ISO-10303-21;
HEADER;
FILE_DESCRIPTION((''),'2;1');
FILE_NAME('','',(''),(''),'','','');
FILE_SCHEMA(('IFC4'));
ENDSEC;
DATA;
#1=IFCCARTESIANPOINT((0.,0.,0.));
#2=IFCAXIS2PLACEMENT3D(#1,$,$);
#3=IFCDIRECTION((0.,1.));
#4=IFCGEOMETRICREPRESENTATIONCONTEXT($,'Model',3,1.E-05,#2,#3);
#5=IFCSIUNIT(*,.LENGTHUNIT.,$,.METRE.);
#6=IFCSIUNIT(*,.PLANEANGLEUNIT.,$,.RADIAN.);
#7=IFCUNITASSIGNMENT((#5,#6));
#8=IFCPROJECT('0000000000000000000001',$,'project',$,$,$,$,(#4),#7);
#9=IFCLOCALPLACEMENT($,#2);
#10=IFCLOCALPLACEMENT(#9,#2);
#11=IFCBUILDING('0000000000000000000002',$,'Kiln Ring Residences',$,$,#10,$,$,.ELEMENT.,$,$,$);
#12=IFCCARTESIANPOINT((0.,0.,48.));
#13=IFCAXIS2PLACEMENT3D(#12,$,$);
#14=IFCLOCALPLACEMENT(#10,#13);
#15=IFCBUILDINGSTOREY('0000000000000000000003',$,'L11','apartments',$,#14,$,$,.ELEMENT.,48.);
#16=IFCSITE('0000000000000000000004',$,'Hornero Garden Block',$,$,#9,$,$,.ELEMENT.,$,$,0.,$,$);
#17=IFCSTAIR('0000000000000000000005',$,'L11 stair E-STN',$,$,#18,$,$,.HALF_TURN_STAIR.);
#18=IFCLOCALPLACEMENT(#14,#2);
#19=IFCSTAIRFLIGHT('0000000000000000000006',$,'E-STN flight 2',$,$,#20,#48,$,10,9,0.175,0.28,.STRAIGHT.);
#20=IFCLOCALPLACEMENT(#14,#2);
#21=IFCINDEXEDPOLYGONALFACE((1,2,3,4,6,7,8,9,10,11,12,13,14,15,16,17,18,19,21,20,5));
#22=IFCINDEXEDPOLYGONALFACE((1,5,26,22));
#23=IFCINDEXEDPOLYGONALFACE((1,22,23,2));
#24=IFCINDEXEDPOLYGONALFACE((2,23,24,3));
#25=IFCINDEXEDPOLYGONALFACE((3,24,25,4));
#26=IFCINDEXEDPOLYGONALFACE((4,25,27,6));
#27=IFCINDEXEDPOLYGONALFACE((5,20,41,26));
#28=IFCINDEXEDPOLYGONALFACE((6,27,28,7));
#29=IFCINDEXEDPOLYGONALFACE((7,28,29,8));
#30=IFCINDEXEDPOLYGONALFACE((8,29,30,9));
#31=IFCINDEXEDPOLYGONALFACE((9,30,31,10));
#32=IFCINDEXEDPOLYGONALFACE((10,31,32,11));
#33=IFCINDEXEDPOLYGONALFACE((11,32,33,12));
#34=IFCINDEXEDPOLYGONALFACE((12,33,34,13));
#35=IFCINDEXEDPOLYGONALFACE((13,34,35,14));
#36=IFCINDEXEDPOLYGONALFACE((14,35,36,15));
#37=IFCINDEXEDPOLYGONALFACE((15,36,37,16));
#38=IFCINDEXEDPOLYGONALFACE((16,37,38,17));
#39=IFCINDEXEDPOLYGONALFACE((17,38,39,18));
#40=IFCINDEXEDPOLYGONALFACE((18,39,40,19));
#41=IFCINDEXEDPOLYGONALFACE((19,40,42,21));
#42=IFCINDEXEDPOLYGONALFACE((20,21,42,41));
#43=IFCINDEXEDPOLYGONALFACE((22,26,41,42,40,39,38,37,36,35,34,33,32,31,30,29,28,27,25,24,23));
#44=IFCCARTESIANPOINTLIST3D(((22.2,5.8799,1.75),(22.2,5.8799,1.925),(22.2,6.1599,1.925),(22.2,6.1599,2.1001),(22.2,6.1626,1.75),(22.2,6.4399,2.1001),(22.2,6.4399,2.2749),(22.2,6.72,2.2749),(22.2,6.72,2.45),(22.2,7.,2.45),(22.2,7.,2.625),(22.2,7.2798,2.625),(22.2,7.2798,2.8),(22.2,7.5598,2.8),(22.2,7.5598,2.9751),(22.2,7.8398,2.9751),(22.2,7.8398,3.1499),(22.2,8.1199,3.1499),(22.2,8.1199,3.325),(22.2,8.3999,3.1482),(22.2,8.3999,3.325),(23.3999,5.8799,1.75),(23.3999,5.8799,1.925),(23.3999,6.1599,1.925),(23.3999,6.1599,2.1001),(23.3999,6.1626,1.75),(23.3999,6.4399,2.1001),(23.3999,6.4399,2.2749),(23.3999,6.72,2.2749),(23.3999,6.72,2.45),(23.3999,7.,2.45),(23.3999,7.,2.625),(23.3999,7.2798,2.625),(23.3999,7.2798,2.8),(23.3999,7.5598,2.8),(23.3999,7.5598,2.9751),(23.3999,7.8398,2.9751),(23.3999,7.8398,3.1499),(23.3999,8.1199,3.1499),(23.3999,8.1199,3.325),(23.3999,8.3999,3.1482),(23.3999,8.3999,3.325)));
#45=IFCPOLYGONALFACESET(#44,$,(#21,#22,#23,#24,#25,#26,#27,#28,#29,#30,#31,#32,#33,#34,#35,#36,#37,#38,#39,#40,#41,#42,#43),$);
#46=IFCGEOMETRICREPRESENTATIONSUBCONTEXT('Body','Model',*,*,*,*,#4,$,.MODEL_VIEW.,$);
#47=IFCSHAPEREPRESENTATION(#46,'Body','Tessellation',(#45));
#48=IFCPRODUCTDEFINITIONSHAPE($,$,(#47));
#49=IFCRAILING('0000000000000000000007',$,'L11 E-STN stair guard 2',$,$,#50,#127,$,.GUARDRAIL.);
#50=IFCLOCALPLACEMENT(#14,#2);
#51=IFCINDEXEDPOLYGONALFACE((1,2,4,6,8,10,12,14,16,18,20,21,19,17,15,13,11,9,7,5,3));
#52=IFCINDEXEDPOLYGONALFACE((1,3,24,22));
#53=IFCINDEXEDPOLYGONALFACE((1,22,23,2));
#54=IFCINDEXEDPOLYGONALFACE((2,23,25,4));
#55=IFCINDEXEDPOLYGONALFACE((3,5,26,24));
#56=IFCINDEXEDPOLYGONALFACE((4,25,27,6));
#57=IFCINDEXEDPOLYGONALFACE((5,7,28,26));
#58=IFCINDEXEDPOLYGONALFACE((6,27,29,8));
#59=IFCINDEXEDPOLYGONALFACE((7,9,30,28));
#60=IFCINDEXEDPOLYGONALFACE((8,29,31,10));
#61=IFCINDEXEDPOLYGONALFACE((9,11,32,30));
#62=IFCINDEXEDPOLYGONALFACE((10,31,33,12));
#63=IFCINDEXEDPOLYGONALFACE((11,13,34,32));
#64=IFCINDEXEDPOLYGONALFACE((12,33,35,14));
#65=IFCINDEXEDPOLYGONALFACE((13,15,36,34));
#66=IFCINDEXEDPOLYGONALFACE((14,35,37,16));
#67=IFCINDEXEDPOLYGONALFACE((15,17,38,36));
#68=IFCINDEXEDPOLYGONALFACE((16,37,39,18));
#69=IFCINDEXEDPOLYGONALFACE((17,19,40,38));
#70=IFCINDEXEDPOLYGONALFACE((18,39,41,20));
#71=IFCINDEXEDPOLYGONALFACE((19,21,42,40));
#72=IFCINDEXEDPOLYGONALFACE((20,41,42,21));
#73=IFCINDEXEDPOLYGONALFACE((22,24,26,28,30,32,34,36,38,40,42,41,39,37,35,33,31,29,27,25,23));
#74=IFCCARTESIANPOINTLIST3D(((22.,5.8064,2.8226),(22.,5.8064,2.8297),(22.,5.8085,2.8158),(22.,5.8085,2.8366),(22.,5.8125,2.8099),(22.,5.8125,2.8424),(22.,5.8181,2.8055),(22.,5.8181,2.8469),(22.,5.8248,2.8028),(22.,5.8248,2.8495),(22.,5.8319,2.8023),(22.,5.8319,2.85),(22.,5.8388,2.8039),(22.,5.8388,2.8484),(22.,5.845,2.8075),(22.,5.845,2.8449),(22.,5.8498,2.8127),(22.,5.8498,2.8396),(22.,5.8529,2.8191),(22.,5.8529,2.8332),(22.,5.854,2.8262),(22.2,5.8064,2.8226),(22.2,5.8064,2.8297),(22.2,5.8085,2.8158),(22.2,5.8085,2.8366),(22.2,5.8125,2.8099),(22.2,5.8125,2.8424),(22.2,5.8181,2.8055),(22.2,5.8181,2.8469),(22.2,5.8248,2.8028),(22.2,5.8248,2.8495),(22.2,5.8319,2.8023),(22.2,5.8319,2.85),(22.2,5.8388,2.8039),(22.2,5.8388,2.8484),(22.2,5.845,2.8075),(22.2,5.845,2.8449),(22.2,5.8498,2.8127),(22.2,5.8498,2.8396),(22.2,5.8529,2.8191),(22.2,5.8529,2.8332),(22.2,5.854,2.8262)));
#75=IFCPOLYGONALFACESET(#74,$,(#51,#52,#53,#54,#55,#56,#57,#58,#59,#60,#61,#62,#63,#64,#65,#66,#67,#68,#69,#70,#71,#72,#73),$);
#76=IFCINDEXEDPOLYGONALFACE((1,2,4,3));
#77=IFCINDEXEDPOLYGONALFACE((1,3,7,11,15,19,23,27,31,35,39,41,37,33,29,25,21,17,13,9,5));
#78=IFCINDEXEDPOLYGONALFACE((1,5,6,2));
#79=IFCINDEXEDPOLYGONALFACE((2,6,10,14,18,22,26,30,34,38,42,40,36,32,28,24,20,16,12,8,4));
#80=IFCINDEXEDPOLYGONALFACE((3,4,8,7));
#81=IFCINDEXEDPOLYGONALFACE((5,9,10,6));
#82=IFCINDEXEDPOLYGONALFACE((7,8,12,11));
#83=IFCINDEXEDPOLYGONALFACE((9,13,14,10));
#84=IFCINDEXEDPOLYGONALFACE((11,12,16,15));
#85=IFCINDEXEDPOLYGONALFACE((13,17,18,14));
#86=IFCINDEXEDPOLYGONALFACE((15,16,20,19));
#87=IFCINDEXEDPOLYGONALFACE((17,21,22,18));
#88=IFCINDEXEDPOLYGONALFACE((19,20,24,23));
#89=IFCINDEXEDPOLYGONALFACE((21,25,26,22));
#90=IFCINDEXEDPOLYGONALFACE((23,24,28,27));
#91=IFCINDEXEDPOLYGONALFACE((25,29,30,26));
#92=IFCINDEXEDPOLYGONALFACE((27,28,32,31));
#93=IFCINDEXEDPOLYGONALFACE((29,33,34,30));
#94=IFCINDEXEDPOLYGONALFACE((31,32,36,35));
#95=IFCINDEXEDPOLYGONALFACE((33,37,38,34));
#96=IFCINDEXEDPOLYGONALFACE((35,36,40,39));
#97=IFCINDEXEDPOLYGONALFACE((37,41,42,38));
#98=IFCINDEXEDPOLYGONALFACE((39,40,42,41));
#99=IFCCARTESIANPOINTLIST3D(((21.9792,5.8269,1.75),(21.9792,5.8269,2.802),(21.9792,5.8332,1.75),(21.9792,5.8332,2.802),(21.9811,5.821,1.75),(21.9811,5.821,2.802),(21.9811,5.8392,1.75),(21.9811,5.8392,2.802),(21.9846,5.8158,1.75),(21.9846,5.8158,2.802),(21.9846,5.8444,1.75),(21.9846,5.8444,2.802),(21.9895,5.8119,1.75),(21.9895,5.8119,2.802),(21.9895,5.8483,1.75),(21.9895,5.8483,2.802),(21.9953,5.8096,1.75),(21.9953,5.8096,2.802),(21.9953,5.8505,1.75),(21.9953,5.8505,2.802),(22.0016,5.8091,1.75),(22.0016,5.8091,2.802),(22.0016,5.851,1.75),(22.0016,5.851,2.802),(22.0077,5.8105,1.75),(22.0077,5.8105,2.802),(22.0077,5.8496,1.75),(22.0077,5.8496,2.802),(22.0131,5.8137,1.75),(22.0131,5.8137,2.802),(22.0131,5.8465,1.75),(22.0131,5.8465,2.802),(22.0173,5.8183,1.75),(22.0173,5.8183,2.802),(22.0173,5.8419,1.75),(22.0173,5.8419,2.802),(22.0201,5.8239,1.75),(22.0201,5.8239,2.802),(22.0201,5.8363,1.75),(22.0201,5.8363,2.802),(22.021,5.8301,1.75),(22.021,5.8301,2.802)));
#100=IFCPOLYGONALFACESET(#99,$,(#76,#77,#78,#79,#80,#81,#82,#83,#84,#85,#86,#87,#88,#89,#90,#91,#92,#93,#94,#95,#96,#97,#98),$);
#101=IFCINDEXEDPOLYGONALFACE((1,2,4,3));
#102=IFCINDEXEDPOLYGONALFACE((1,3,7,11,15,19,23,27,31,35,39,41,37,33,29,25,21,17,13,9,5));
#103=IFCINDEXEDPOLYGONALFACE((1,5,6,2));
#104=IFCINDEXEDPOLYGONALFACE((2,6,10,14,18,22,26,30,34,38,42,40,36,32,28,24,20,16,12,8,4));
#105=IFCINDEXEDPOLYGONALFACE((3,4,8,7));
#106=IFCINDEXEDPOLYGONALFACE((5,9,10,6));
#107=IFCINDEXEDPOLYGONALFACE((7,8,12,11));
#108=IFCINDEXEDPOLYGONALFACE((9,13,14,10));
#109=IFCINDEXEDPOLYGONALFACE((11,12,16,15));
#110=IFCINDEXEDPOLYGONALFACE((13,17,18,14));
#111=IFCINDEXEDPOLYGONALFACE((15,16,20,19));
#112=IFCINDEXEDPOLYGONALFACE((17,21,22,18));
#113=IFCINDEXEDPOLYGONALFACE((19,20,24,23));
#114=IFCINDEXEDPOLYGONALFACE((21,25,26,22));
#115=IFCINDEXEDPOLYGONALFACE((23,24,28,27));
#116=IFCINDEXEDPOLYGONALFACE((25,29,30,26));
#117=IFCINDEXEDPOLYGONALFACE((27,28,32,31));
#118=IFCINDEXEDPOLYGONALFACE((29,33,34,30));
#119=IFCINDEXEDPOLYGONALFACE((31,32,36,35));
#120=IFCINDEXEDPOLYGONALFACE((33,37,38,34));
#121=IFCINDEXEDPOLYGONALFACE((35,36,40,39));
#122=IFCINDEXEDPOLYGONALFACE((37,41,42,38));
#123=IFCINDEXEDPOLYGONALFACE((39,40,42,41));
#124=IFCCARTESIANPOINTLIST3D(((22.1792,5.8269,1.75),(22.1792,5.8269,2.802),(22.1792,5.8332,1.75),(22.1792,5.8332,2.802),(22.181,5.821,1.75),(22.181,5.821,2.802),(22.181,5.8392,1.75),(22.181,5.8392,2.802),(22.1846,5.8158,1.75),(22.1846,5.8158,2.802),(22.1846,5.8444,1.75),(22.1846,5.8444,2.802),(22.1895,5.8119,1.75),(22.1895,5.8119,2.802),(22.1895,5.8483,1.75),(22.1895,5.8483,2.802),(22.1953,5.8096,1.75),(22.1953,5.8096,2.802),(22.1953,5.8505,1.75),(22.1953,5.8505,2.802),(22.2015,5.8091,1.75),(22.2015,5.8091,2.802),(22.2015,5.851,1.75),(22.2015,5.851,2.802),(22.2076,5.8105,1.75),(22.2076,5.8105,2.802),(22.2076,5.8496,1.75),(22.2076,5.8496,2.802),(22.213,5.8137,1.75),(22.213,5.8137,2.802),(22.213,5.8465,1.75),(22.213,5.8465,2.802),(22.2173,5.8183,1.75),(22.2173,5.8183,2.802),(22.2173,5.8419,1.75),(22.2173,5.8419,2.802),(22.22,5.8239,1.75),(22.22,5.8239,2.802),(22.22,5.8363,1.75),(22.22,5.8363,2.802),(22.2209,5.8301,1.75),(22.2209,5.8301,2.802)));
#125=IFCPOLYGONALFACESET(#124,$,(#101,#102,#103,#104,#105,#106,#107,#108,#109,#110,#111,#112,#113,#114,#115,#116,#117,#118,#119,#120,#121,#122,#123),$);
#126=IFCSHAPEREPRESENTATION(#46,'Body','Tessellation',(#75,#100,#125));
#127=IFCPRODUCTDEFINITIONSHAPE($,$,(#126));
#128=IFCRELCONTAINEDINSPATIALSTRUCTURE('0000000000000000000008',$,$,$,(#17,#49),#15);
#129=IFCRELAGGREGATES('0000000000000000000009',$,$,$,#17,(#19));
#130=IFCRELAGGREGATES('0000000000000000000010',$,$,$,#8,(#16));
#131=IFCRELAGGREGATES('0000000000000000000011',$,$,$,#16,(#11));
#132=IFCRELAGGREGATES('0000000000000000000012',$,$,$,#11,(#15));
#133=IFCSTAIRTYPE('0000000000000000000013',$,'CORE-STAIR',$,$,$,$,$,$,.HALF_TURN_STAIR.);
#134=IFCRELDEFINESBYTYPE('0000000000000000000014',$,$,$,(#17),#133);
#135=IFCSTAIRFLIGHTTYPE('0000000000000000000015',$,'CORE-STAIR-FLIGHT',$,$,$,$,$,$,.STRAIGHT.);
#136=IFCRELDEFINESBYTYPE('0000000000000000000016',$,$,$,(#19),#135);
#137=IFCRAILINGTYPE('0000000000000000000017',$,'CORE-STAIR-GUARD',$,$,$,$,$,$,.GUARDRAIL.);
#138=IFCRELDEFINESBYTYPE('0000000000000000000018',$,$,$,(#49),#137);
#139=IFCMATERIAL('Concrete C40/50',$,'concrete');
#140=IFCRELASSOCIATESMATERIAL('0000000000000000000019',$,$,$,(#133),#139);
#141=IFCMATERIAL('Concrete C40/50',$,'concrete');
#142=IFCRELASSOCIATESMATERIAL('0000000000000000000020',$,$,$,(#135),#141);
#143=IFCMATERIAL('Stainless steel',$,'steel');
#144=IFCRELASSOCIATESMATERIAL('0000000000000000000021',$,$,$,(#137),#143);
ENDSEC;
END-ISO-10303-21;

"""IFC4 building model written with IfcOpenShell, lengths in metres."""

from ifc_helpers import new_model, si_unit, direction, frame, origin, origin_2d, place, context, subcontext, project, spatial, polyline, circle, outline, extrude, material, type_object, element, aggregate, save


model = new_model("IFC4")

# Units and contexts
model_context = context("Model", 3, precision=1e-05, world=origin(), true_north=direction((0.0, 1.0)))
body_context = subcontext(model_context, "Body", "Model", "MODEL_VIEW")
ifc_project = project(units=[si_unit("LENGTHUNIT", "METRE"), si_unit("PLANEANGLEUNIT", "RADIAN")], contexts=[model_context])

# Site, building, storey
site_placement = place(None, origin())
site = spatial("IfcSite", under=ifc_project, at=site_placement, Name="Hornero Garden Block", CompositionType="ELEMENT", RefElevation=0.0)
building_placement = place(site_placement, origin())
building = spatial("IfcBuilding", under=site, at=building_placement, Name="Kiln Ring Residences", CompositionType="ELEMENT")
storey_placement = place(building_placement, frame((0.0, 0.0, 48.0)))
storey = spatial("IfcBuildingStorey", under=building, at=storey_placement, Name="L11", Description="apartments", CompositionType="ELEMENT", Elevation=48.0)

# Stair, stair flight
ifc_material_1 = material(Name="Concrete C40/50", Category="concrete")
stair_type = type_object("IfcStairType", Name="CORE-STAIR", PredefinedType="HALF_TURN_STAIR", material=ifc_material_1)
stair_placement = place(storey_placement, origin())
stair = element("IfcStair", 1, at=stair_placement, inside=storey, type_object=stair_type, Name="L11 stair E-STN", PredefinedType="HALF_TURN_STAIR")
ifc_material_2 = material(Name="Concrete C40/50", Category="concrete")
stair_flight_type = type_object("IfcStairFlightType", Name="CORE-STAIR-FLIGHT", PredefinedType="STRAIGHT", material=ifc_material_2)
stair_flight_1_placement = place(storey_placement, frame((22.8, 5.8799, 1.75), z_axis=(0.0, 0.0, 1.0), x_axis=(0.0, 1.0, 0.0)))
stair_flight_1 = element("IfcStairFlight", 2, at=stair_flight_1_placement, type_object=stair_flight_type, Name="E-STN flight 2", NumberOfRisers=10, NumberOfTreads=9, PredefinedType="STRAIGHT", RiserHeight=0.175, TreadLength=0.28, context=body_context, shape_type="SweptSolid", body=[
    extrude(outline(polyline([(0.0, 0.0), (0.0, 0.175), (0.28, 0.175), (0.28, 0.3501), (0.5601, 0.3501), (0.5601, 0.5249), (0.8401, 0.5249), (0.8401, 0.7), (1.1201, 0.7), (1.1201, 0.875), (1.3999, 0.875), (1.3999, 1.05), (1.6799, 1.05), (1.6799, 1.2251), (1.96, 1.2251), (1.96, 1.3999), (2.24, 1.3999), (2.24, 1.575), (2.52, 1.575), (2.52, 1.75), (2.52, 1.3982), (0.2827, 0.0), (0.0, 0.0)])), frame((0.0, 0.6001, 0.0), z_axis=(0.0, -1.0, 0.0), x_axis=(1.0, 0.0, 0.0)), (0.0, 0.0, 1.0), 1.2),
])
aggregate(stair, [stair_flight_1])

# Railing
ifc_material_3 = material(Name="Stainless steel", Category="steel")
railing_type_1 = type_object("IfcRailingType", Name="CORE-STAIR-GUARD", PredefinedType="GUARDRAIL", material=ifc_material_3)
railing_1_placement = place(storey_placement, frame((22.0, 5.8301, 1.75)))
element("IfcRailing", 3, at=railing_1_placement, inside=storey, type_object=railing_type_1, Name="L11 E-STN stair guard 2", PredefinedType="GUARDRAIL", context=body_context, shape_type="SweptSolid", body=[
    extrude(circle(Radius=0.0239, at=origin_2d()), frame((0.0, 0.0, 1.0762), z_axis=(1.0, 0.0, 0.0), x_axis=(0.0, 1.0, 0.0)), (0.0, 0.0, 1.0), 0.2),
    extrude(circle(Radius=0.021, at=origin_2d()), origin(), (0.0, 0.0, 1.0), 1.052),
    extrude(circle(Radius=0.021, at=origin_2d()), frame((0.2, 0.0, 0.0)), (0.0, 0.0, 1.0), 1.052),
])

save(model, "model.ifc")
